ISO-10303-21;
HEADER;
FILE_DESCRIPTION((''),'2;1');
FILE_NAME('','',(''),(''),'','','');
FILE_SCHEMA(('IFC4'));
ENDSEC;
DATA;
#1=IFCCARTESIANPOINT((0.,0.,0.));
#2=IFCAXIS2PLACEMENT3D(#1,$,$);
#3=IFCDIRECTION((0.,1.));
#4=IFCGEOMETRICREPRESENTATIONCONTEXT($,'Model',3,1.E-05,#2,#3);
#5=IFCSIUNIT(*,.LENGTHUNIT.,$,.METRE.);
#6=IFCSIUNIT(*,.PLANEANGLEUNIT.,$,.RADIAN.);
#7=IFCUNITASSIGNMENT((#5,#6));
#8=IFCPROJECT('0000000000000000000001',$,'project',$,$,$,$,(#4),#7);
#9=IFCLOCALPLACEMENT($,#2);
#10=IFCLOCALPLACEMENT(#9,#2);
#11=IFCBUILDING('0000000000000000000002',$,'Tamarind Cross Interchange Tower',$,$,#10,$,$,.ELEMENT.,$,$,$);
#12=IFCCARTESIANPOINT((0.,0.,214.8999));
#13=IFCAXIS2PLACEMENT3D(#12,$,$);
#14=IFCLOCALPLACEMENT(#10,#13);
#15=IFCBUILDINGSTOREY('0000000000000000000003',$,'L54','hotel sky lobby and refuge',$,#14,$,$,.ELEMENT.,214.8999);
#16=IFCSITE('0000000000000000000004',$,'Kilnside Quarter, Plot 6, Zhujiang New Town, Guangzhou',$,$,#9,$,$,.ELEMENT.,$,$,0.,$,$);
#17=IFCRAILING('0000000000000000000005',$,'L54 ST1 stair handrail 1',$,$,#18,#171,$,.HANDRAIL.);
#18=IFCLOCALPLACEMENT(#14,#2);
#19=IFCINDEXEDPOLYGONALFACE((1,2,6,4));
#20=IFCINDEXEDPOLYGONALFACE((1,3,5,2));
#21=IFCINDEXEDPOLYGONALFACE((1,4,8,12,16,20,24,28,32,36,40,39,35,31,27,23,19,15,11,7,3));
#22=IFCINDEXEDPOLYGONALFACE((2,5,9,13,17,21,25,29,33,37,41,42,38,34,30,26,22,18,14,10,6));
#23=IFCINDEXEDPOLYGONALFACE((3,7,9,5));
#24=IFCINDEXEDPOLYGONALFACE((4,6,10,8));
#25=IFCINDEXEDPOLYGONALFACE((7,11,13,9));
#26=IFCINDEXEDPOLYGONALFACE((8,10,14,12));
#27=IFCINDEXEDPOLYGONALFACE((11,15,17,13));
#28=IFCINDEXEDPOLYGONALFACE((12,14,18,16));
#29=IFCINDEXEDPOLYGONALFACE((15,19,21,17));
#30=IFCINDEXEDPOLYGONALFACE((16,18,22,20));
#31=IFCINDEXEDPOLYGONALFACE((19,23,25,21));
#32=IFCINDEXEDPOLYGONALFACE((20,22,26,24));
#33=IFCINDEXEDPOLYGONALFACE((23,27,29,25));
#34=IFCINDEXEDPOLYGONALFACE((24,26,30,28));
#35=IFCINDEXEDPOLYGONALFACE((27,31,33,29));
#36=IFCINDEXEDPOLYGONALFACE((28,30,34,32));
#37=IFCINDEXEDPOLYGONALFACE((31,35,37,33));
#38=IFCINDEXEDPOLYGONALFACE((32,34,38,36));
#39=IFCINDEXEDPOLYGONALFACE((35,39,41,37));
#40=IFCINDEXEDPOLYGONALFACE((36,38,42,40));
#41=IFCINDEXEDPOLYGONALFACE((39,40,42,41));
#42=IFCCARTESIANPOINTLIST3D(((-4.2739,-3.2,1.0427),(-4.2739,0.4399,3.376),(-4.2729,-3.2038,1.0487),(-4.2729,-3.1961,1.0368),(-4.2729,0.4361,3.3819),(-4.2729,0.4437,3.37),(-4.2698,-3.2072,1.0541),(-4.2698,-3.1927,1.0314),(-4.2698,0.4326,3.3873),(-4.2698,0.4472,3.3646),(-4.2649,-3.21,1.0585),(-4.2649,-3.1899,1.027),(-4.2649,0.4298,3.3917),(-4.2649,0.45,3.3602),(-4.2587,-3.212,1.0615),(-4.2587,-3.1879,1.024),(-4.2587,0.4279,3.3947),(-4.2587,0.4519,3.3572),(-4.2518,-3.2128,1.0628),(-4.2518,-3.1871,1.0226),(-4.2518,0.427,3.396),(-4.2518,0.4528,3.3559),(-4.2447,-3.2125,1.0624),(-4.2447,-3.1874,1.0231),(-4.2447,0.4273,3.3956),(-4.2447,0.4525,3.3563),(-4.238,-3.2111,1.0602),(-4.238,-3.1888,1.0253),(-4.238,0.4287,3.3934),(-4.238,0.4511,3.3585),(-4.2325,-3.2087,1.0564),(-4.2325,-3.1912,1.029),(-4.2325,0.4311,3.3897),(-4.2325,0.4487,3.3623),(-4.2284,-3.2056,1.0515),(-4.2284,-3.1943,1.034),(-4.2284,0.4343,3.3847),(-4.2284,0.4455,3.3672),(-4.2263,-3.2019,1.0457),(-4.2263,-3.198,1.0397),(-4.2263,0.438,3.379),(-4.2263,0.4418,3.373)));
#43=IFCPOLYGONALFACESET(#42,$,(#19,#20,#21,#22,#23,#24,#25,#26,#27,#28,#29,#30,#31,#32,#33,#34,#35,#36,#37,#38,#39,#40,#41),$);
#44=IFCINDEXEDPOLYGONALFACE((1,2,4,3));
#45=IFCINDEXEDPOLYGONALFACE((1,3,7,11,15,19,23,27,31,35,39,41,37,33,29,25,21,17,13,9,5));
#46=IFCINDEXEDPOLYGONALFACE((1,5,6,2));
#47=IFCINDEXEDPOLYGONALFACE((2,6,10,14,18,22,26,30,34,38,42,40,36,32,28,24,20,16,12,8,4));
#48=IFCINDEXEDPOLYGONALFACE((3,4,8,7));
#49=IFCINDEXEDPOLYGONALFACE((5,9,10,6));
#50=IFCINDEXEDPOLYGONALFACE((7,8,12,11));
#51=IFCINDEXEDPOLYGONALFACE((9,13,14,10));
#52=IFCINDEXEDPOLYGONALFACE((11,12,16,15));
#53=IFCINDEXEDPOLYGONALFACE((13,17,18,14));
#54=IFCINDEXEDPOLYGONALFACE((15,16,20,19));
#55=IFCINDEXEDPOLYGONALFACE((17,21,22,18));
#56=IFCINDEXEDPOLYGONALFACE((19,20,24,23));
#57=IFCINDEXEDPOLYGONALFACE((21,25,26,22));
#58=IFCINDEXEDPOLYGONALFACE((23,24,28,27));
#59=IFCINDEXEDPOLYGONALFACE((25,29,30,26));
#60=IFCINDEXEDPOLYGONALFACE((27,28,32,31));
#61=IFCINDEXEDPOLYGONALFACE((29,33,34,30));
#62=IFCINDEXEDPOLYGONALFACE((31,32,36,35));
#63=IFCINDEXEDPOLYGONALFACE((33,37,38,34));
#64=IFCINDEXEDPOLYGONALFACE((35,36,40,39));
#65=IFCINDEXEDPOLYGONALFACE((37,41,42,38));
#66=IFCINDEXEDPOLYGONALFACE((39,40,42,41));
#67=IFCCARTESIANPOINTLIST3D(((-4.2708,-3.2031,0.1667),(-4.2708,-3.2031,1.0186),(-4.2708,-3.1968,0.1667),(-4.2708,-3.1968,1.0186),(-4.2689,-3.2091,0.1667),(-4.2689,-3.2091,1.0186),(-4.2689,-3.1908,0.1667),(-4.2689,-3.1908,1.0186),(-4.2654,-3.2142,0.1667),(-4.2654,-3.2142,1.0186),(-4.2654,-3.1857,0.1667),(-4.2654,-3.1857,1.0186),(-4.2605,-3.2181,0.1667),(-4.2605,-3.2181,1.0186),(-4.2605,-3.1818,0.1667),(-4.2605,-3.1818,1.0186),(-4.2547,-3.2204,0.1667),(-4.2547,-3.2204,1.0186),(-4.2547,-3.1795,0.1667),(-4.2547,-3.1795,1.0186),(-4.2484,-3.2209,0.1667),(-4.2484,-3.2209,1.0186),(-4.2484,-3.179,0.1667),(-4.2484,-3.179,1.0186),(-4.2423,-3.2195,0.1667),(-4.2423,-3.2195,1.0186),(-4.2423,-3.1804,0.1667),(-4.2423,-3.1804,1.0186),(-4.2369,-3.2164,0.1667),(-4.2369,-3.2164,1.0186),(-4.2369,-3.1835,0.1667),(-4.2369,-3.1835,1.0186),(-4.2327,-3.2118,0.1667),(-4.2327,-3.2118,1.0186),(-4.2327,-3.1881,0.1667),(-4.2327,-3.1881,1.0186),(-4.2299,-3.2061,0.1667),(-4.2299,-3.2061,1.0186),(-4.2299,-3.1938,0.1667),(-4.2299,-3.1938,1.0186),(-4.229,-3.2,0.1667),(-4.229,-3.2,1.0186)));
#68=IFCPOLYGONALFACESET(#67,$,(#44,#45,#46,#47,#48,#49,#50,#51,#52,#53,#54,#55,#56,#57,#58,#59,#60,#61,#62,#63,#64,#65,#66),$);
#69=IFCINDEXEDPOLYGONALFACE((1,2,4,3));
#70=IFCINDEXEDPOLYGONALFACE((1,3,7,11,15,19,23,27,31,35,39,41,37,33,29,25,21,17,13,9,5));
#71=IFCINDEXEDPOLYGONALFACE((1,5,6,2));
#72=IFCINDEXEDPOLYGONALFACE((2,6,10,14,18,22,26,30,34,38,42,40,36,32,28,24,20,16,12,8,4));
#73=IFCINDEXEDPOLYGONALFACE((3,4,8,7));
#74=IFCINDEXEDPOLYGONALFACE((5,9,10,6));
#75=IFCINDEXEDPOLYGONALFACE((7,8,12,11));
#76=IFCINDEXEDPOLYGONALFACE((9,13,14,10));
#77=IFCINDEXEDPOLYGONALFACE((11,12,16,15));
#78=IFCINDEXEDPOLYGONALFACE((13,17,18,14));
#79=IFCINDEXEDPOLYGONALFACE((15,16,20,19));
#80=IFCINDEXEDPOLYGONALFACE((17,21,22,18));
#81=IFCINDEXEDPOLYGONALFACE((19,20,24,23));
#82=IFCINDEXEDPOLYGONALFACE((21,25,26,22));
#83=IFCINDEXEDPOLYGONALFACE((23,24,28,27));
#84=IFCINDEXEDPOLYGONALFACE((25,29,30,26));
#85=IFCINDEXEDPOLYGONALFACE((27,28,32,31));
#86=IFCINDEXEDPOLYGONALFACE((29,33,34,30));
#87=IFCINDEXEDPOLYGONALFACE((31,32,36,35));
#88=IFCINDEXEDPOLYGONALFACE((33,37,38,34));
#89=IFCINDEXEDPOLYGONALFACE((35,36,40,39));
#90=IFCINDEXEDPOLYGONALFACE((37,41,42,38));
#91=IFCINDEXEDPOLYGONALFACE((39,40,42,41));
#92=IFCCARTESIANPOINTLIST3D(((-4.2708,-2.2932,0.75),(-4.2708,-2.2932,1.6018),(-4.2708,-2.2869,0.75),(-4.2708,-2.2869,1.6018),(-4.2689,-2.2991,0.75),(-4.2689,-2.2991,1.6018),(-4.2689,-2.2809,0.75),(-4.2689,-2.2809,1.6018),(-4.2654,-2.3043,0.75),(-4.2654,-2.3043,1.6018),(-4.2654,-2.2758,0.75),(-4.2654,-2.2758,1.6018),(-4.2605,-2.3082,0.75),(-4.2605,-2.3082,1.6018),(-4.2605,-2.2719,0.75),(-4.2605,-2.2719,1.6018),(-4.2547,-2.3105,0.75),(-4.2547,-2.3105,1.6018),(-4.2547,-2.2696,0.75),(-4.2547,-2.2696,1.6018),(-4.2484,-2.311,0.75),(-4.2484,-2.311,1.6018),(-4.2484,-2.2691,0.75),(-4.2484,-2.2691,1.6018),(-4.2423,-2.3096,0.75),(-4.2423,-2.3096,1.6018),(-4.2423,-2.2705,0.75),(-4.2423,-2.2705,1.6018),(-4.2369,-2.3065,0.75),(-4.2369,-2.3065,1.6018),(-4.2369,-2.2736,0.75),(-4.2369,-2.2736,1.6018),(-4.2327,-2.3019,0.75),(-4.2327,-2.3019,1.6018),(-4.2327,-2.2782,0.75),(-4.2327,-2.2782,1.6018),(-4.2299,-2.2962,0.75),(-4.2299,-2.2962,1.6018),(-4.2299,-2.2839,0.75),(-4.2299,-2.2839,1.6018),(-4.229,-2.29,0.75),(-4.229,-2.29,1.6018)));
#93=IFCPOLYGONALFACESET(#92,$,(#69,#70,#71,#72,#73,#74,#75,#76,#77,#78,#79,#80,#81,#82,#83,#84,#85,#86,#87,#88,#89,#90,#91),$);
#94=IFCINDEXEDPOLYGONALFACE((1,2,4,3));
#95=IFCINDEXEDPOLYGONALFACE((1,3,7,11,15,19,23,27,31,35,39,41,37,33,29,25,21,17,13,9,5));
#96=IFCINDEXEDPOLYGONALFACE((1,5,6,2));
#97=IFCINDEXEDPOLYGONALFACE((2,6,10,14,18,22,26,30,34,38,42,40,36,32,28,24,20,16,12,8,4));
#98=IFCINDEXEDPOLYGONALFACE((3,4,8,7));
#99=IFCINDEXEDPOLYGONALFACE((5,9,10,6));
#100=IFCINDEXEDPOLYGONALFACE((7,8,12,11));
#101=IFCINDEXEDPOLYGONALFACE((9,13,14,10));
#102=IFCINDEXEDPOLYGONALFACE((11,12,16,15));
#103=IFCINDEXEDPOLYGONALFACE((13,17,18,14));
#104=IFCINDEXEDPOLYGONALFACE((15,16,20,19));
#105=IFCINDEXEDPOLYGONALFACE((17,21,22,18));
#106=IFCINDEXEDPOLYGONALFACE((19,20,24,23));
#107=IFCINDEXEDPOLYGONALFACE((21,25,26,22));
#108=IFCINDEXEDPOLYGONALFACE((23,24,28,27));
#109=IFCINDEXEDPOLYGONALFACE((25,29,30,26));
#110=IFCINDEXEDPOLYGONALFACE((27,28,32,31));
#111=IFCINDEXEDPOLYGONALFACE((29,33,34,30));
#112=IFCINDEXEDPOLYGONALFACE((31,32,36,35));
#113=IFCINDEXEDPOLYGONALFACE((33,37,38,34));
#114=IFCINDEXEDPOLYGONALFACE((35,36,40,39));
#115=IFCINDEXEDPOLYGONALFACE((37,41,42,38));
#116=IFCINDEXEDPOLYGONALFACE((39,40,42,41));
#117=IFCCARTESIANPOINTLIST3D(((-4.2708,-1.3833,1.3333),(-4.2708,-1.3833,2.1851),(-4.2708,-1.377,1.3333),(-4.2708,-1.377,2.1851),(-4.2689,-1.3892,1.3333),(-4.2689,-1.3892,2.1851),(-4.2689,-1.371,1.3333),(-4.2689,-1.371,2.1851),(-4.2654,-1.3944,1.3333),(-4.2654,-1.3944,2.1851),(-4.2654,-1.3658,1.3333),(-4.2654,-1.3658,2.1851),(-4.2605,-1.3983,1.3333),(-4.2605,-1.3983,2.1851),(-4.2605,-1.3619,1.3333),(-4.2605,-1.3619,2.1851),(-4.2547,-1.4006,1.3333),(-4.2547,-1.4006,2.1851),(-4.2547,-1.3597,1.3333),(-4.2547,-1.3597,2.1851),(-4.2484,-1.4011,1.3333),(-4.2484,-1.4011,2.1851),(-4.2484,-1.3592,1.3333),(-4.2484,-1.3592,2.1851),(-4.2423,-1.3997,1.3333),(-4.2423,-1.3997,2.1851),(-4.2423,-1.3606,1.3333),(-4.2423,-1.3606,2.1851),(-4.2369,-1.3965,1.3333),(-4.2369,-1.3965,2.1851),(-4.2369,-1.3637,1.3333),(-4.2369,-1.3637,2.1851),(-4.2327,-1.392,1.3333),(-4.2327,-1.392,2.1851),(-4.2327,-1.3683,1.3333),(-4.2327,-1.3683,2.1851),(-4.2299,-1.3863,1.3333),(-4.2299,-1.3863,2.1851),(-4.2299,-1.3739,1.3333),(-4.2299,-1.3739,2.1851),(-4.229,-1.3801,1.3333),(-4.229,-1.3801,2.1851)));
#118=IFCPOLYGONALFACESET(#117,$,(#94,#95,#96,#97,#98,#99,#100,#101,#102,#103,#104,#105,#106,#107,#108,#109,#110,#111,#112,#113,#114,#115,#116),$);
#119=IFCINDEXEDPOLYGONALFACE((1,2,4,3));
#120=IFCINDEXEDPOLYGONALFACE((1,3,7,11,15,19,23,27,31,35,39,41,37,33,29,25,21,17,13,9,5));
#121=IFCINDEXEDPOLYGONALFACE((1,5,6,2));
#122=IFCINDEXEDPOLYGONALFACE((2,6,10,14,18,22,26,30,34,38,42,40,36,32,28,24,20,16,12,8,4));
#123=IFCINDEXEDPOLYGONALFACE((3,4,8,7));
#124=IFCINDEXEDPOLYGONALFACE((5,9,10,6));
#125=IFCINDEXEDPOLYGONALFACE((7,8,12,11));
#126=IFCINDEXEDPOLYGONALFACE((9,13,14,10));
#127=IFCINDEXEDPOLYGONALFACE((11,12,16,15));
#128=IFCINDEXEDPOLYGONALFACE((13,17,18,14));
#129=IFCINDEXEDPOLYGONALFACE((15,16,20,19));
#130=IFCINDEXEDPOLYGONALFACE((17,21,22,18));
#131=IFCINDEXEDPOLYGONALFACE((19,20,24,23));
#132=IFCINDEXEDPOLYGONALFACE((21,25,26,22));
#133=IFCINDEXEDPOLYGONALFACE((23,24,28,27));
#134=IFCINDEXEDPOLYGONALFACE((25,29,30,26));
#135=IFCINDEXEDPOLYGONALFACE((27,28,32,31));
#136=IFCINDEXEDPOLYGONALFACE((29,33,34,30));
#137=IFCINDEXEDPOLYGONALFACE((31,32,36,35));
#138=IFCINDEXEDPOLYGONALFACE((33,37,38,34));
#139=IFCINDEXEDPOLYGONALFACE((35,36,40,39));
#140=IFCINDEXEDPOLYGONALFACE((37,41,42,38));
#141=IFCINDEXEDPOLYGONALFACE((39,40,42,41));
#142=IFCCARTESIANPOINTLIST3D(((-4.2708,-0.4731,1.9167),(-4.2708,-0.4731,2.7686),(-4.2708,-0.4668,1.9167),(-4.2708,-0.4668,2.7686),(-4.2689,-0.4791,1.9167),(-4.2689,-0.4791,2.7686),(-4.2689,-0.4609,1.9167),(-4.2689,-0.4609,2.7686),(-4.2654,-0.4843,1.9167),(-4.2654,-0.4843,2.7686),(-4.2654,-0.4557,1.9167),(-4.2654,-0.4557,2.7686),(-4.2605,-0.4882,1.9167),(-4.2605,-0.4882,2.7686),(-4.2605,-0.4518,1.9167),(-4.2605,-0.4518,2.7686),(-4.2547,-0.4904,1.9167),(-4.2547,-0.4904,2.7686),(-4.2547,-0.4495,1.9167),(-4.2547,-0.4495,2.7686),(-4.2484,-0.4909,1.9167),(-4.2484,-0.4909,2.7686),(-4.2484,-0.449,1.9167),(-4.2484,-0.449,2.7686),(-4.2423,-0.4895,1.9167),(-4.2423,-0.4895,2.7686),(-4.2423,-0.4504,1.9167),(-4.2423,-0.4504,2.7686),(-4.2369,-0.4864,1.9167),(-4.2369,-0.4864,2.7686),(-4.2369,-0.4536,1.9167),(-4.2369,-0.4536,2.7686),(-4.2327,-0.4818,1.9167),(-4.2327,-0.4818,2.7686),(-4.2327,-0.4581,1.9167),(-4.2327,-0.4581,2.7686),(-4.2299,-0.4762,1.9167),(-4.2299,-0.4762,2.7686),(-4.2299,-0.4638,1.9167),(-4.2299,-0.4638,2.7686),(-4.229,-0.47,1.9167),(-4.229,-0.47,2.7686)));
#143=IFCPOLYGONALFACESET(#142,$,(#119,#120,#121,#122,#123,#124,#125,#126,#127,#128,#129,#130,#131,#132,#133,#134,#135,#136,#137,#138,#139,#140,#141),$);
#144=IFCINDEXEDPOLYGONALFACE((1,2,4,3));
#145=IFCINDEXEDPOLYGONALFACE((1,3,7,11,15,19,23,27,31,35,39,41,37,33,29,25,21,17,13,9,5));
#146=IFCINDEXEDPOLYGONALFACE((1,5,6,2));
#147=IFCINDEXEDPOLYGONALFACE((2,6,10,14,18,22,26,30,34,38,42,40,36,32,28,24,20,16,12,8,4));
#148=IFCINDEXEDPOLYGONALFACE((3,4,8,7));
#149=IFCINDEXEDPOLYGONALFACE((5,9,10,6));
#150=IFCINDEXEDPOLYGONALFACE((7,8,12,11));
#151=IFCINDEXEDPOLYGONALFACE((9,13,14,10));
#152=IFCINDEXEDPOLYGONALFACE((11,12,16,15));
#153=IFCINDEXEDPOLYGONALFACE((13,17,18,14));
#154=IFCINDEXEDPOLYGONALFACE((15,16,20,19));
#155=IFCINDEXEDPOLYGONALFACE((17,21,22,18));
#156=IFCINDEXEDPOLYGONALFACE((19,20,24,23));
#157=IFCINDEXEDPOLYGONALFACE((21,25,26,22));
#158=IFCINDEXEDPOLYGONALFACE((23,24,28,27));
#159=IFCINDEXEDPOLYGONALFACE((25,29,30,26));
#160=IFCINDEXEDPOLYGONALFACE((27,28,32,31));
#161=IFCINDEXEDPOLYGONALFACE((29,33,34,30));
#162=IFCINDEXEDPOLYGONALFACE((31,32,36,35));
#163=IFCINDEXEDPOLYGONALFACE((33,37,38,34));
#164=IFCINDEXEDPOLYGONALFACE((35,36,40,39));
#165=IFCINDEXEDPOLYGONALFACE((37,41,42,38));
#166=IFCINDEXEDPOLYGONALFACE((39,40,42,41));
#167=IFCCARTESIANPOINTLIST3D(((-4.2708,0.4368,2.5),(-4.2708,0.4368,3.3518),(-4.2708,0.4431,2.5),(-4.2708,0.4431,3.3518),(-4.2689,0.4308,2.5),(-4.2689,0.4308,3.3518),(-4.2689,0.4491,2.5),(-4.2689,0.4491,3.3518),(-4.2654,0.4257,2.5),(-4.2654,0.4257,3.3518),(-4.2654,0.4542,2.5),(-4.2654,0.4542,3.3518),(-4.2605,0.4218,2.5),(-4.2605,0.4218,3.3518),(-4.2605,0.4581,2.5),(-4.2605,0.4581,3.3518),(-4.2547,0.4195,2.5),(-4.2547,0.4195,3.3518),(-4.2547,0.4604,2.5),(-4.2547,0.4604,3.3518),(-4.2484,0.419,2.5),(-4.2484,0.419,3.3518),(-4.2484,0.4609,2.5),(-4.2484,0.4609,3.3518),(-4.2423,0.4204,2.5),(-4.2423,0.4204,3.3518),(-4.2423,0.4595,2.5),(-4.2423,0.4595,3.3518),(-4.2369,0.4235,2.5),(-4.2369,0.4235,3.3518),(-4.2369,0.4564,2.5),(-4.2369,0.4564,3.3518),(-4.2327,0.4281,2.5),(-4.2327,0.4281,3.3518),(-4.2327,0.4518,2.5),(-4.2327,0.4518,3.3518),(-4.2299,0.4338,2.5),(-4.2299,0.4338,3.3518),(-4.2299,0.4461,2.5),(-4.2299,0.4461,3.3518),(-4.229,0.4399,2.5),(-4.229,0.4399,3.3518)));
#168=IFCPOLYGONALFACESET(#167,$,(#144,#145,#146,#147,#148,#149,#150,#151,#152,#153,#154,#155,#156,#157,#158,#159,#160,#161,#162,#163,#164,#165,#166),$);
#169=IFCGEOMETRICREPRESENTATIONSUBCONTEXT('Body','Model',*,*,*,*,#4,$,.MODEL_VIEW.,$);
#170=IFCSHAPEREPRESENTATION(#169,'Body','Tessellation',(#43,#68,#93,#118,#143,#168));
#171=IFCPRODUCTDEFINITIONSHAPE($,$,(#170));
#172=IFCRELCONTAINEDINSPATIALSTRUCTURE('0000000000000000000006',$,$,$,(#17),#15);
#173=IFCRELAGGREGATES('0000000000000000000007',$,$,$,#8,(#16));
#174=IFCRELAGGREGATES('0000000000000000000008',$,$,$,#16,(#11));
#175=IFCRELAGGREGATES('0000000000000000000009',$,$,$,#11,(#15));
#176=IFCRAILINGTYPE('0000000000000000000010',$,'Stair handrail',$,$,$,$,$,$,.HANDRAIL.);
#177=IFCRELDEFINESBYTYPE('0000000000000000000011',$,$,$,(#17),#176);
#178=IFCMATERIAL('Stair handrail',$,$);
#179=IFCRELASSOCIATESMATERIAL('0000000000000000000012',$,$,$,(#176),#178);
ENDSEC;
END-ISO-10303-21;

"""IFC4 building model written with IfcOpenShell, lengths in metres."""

from ifc_helpers import new_model, si_unit, direction, frame, origin, origin_2d, place, context, subcontext, project, spatial, circle, extrude, material, type_object, element, save


model = new_model("IFC4")

# Units and contexts
model_context = context("Model", 3, precision=1e-05, world=origin(), true_north=direction((0.0, 1.0)))
body_context = subcontext(model_context, "Body", "Model", "MODEL_VIEW")
ifc_project = project(units=[si_unit("LENGTHUNIT", "METRE"), si_unit("PLANEANGLEUNIT", "RADIAN")], contexts=[model_context])

# Site, building, storey
site_placement = place(None, origin())
site = spatial("IfcSite", under=ifc_project, at=site_placement, Name="Kilnside Quarter, Plot 6, Zhujiang New Town, Guangzhou", CompositionType="ELEMENT", RefElevation=0.0)
building_placement = place(site_placement, origin())
building = spatial("IfcBuilding", under=site, at=building_placement, Name="Tamarind Cross Interchange Tower", CompositionType="ELEMENT")
storey_placement = place(building_placement, frame((0.0, 0.0, 214.8999)))
storey = spatial("IfcBuildingStorey", under=building, at=storey_placement, Name="L54", Description="hotel sky lobby and refuge", CompositionType="ELEMENT", Elevation=214.8999)

# Railing
ifc_material_1 = material(Name="Stair handrail")
railing_type_1 = type_object("IfcRailingType", Name="Stair handrail", PredefinedType="HANDRAIL", material=ifc_material_1)
railing_1_placement = place(storey_placement, frame((-4.25, -3.2, 0.1667)))
element("IfcRailing", 1, at=railing_1_placement, inside=storey, type_object=railing_type_1, Name="L54 ST1 stair handrail 1", PredefinedType="HANDRAIL", context=body_context, shape_type="SweptSolid", body=[
    extrude(circle(Radius=0.0239, at=origin_2d()), frame((0.0, 0.0, 0.876), z_axis=(0.0, 0.84188, 0.539664), x_axis=(-1.0, 0.0, 0.0)), (0.0, 0.0, 1.0), 4.3235),
    extrude(circle(Radius=0.021, at=origin_2d()), origin(), (0.0, 0.0, 1.0), 0.8518),
    extrude(circle(Radius=0.021, at=origin_2d()), frame((0.0, 0.9099, 0.5833)), (0.0, 0.0, 1.0), 0.8518),
    extrude(circle(Radius=0.021, at=origin_2d()), frame((0.0, 1.8198, 1.1665)), (0.0, 0.0, 1.0), 0.8518),
    extrude(circle(Radius=0.021, at=origin_2d()), frame((0.0, 2.73, 1.75)), (0.0, 0.0, 1.0), 0.8518),
    extrude(circle(Radius=0.021, at=origin_2d()), frame((0.0, 3.6399, 2.3333)), (0.0, 0.0, 1.0), 0.8518),
])

save(model, "model.ifc")
